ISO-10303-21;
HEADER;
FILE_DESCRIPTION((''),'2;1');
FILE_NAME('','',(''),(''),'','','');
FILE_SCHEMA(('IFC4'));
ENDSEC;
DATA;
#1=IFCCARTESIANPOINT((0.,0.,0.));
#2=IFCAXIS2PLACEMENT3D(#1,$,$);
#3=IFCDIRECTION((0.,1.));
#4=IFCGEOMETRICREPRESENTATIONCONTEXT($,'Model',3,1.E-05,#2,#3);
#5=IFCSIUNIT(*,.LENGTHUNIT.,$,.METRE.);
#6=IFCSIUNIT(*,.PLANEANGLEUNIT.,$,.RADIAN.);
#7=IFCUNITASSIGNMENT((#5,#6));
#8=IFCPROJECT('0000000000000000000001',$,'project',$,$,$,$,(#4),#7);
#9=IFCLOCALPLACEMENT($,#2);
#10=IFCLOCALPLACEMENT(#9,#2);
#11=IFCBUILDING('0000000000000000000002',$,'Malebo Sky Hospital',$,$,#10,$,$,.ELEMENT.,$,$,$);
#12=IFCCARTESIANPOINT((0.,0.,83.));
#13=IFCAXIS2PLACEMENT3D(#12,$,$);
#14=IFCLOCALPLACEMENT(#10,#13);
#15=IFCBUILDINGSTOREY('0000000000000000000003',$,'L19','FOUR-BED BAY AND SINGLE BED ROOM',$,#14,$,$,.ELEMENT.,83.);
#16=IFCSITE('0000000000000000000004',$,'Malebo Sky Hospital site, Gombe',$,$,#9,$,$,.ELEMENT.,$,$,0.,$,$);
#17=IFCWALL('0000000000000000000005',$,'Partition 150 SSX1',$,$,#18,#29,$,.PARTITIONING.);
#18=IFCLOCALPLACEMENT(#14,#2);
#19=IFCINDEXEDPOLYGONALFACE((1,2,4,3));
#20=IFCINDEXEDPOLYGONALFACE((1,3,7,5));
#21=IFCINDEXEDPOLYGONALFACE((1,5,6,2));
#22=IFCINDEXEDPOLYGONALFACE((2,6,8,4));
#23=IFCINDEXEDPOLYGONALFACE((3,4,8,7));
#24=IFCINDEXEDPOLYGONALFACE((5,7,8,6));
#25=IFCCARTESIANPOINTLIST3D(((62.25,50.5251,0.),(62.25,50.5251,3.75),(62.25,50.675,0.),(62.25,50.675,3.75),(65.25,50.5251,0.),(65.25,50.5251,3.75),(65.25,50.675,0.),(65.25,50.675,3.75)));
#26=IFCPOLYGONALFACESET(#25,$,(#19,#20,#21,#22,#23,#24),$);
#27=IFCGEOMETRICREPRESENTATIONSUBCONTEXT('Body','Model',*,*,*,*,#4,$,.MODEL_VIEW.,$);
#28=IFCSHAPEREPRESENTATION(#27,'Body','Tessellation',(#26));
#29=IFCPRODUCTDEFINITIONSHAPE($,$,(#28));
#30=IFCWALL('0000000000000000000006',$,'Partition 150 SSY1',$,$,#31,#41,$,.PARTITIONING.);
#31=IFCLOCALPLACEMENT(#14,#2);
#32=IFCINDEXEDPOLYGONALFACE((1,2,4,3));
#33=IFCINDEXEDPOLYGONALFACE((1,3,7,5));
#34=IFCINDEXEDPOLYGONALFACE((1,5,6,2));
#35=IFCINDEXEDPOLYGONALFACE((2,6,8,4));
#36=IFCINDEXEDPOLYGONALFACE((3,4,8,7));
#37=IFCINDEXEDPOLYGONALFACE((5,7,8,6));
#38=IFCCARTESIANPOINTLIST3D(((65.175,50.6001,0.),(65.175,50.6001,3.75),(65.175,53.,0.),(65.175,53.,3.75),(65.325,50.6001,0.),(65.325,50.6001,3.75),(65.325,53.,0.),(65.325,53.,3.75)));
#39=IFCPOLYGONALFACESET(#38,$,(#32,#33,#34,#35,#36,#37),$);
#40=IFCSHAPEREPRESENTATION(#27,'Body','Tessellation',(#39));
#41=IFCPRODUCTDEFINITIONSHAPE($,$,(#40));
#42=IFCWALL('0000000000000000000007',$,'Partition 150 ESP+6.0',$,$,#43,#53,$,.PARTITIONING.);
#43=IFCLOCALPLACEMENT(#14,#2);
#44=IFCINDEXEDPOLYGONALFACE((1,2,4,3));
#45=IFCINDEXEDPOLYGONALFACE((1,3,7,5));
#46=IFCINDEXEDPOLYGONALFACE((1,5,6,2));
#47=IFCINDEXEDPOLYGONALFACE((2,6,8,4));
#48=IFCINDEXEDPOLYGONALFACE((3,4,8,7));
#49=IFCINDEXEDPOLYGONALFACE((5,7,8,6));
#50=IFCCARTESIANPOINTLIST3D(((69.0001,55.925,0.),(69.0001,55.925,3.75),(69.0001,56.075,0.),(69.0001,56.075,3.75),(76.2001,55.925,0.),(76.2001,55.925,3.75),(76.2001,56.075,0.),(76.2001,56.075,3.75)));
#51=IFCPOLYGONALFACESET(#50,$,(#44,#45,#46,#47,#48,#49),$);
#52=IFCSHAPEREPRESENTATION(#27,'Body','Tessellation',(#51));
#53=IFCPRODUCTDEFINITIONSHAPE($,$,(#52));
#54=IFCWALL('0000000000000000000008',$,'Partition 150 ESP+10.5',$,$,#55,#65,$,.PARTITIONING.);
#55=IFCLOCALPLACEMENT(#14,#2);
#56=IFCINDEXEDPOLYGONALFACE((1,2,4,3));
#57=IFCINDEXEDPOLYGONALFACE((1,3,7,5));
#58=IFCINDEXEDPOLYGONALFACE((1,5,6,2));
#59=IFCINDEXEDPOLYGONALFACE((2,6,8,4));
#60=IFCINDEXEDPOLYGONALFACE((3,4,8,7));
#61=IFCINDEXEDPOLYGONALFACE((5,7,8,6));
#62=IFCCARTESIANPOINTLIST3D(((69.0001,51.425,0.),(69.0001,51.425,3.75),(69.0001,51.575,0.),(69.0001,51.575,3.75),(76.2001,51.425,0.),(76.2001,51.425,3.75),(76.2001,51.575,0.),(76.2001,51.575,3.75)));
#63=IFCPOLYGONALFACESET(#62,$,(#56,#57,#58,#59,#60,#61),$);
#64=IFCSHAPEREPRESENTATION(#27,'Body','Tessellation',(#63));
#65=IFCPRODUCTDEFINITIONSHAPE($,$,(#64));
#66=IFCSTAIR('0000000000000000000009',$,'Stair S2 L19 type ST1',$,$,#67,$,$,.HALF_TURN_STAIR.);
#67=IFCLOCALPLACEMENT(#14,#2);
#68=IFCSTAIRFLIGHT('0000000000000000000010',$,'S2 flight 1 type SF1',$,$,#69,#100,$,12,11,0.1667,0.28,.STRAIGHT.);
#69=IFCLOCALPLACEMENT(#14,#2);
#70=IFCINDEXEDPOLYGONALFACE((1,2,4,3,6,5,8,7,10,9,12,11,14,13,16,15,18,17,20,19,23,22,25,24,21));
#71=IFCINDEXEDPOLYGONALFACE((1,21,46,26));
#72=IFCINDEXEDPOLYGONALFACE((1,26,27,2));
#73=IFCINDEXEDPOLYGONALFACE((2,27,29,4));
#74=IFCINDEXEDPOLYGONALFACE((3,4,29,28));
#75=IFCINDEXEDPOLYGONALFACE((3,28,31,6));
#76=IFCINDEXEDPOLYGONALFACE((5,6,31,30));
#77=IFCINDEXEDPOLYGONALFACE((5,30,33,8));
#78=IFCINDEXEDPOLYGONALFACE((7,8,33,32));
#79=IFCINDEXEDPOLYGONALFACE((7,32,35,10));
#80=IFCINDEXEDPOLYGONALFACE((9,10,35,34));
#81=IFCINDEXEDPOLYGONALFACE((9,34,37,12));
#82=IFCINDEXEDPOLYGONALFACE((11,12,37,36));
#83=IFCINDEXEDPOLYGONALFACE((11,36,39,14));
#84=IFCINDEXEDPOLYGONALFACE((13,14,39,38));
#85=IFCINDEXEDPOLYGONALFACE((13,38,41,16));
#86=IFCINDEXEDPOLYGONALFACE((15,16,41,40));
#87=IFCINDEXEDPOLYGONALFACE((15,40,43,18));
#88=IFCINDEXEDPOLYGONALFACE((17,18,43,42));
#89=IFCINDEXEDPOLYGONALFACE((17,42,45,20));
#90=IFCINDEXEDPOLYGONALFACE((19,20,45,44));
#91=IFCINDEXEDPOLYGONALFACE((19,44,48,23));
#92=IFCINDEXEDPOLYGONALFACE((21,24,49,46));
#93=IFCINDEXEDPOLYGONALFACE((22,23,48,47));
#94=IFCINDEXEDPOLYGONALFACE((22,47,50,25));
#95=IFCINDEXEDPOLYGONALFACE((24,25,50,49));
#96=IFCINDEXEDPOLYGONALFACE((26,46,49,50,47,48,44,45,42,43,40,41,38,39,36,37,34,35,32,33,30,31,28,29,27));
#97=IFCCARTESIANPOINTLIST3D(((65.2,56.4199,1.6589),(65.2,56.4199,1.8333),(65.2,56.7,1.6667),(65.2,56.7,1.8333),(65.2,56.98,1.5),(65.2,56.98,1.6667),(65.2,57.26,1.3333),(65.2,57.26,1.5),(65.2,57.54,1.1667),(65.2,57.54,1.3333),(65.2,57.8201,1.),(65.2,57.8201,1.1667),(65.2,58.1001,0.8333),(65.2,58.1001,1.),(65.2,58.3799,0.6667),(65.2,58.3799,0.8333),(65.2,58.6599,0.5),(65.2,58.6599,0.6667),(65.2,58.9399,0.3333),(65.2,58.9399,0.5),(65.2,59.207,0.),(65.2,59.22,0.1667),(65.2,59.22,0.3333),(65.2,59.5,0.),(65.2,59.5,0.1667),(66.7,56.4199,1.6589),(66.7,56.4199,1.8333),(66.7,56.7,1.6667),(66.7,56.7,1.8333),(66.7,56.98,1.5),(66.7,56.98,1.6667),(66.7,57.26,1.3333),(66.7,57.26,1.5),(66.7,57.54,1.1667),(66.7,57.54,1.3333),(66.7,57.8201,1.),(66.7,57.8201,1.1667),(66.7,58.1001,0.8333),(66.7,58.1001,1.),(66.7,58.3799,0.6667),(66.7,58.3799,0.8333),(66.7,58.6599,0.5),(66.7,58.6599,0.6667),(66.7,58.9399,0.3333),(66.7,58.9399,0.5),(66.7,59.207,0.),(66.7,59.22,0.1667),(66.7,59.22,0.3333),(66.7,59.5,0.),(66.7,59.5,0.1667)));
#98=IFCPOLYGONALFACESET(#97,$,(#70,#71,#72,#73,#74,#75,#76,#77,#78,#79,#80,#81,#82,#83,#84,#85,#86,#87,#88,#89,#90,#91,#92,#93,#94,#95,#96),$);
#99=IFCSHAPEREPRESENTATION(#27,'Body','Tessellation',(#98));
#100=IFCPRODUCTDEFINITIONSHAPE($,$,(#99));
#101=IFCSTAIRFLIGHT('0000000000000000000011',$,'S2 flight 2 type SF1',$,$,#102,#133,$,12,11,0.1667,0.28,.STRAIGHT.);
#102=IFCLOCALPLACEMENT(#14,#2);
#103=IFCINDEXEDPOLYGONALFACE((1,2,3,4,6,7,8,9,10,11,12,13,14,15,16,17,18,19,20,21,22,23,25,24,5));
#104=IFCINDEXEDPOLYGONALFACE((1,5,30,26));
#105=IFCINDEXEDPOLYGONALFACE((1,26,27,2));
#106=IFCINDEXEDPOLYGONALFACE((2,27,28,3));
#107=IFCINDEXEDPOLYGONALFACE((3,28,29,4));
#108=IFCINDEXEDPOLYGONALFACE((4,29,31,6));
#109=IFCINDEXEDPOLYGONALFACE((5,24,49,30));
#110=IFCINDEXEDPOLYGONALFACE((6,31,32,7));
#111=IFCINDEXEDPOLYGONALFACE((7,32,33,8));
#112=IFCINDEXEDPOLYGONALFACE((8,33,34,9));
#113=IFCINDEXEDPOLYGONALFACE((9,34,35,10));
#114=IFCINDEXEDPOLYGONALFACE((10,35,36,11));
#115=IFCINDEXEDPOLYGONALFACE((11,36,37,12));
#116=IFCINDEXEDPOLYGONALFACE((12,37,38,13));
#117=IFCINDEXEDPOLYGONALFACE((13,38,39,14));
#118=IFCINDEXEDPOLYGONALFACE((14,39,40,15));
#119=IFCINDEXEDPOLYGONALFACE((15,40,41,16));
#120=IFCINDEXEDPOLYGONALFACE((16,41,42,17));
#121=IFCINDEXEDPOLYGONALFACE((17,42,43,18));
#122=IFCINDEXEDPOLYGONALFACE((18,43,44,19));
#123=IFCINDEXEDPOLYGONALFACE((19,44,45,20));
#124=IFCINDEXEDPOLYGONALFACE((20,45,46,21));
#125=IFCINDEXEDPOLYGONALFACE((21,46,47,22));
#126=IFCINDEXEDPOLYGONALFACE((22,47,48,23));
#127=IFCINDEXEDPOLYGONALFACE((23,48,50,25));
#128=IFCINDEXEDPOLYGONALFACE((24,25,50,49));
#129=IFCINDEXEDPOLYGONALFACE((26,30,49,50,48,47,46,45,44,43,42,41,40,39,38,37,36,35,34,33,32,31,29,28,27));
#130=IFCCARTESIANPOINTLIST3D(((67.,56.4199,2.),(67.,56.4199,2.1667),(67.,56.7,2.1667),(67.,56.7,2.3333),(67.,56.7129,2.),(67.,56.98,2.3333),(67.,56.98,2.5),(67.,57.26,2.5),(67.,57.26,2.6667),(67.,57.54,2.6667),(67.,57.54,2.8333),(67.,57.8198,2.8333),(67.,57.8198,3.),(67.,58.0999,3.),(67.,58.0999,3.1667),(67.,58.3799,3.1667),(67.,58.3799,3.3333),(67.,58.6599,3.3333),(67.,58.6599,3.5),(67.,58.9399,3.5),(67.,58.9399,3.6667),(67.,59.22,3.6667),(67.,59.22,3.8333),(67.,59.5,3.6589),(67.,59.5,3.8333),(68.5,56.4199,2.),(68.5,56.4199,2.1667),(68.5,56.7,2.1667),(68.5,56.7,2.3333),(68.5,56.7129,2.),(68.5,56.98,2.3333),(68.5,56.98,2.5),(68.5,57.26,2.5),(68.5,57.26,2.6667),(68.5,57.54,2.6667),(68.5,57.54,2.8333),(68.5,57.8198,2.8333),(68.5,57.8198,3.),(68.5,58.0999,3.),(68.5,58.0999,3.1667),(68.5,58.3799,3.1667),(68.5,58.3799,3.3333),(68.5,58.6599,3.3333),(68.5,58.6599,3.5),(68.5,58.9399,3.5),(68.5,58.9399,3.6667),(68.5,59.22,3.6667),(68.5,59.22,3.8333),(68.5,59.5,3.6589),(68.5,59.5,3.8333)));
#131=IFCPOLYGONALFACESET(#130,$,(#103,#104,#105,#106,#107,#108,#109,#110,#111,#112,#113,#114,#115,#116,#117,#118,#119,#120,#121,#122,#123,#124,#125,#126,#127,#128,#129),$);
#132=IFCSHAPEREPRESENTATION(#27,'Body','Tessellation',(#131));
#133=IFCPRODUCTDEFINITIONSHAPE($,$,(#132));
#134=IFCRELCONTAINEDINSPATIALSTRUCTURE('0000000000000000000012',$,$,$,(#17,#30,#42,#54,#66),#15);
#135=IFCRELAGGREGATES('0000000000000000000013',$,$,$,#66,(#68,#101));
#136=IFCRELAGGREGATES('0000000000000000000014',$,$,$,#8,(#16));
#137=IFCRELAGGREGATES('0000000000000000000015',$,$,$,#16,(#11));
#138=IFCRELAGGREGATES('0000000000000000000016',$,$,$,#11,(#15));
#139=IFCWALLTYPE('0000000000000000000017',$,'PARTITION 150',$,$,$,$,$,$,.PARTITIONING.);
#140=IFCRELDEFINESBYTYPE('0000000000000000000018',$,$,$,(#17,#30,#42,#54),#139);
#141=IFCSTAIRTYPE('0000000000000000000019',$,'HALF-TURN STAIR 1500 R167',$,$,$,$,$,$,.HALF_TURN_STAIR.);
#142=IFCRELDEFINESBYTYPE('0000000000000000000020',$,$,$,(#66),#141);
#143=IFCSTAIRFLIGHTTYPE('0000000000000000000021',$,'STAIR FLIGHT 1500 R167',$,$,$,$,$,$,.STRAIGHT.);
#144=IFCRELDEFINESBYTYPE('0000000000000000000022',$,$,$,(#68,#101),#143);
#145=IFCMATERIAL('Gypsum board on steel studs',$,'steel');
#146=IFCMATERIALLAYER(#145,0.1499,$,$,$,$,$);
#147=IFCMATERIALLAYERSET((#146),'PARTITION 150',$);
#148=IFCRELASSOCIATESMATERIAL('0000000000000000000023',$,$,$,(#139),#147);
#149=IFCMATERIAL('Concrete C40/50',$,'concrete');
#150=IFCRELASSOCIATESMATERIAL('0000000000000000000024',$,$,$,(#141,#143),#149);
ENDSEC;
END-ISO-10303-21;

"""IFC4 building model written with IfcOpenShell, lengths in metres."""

from ifc_helpers import new_model, si_unit, direction, frame, frame_2d, origin, place, context, subcontext, project, spatial, polyline, rectangle, outline, extrude, material, layer, layer_set, type_object, element, aggregate, save


model = new_model("IFC4")

# Units and contexts
model_context = context("Model", 3, precision=1e-05, world=origin(), true_north=direction((0.0, 1.0)))
body_context = subcontext(model_context, "Body", "Model", "MODEL_VIEW")
ifc_project = project(units=[si_unit("LENGTHUNIT", "METRE"), si_unit("PLANEANGLEUNIT", "RADIAN")], contexts=[model_context])

# Site, building, storey
site_placement = place(None, origin())
site = spatial("IfcSite", under=ifc_project, at=site_placement, Name="Malebo Sky Hospital site, Gombe", CompositionType="ELEMENT", RefElevation=0.0)
building_placement = place(site_placement, origin())
building = spatial("IfcBuilding", under=site, at=building_placement, Name="Malebo Sky Hospital", CompositionType="ELEMENT")
storey_placement = place(building_placement, frame((0.0, 0.0, 83.0)))
storey = spatial("IfcBuildingStorey", under=building, at=storey_placement, Name="L19", Description="FOUR-BED BAY AND SINGLE BED ROOM", CompositionType="ELEMENT", Elevation=83.0)

# Shared definitions
ifc_material_1 = material(Name="Gypsum board on steel studs", Category="steel")
ifc_layer_1 = layer(ifc_material_1, 0.1499)
ifc_layer_set_1 = layer_set([ifc_layer_1], Name="PARTITION 150")
wall_type_1 = type_object("IfcWallType", Name="PARTITION 150", PredefinedType="PARTITIONING", material=ifc_layer_set_1)

# Walls
wall_1_placement = place(storey_placement, frame((65.25, 50.6001, 0.0), z_axis=(0.0, 0.0, 1.0), x_axis=(-1.0, 0.0, 0.0)))
element("IfcWall", 1, at=wall_1_placement, inside=storey, type_object=wall_type_1, Name="Partition 150 SSX1", PredefinedType="PARTITIONING", context=body_context, shape_type="SweptSolid", body=[
    extrude(rectangle(XDim=3.0, YDim=0.1499, at=frame_2d((1.5, 0.0))), origin(), (0.0, 0.0, 1.0), 3.75),
])
wall_2_placement = place(storey_placement, frame((65.25, 53.0, 0.0), z_axis=(0.0, 0.0, 1.0), x_axis=(0.0, -1.0, 0.0)))
element("IfcWall", 2, at=wall_2_placement, inside=storey, type_object=wall_type_1, Name="Partition 150 SSY1", PredefinedType="PARTITIONING", context=body_context, shape_type="SweptSolid", body=[
    extrude(rectangle(XDim=2.3999, YDim=0.1499, at=frame_2d((1.2, 0.0))), origin(), (0.0, 0.0, 1.0), 3.75),
])
for number, where, z_axis, x_axis, name in (
    (3, (69.0, 56.0, 0.0), (0.0, 0.0, 1.0), (1.0, 0.0, 0.0), "Partition 150 ESP+6.0"),
    (4, (69.0, 51.5, 0.0), (0.0, 0.0, 1.0), (1.0, 0.0, 0.0), "Partition 150 ESP+10.5"),
):
    element("IfcWall", number, at=place(storey_placement, frame(where, z_axis=z_axis, x_axis=x_axis)), inside=storey, type_object=wall_type_1, Name=name, PredefinedType="PARTITIONING", context=body_context, shape_type="SweptSolid", body=[
        extrude(rectangle(XDim=7.2, YDim=0.1499, at=frame_2d((3.6001, 0.0))), origin(), (0.0, 0.0, 1.0), 3.75),
    ])

# Stair, stair flights
ifc_material_2 = material(Name="Concrete C40/50", Category="concrete")
stair_type = type_object("IfcStairType", Name="HALF-TURN STAIR 1500 R167", PredefinedType="HALF_TURN_STAIR", material=ifc_material_2)
stair_placement = place(storey_placement, origin())
stair = element("IfcStair", 5, at=stair_placement, inside=storey, type_object=stair_type, Name="Stair S2 L19 type ST1", PredefinedType="HALF_TURN_STAIR")
stair_flight_type = type_object("IfcStairFlightType", Name="STAIR FLIGHT 1500 R167", PredefinedType="STRAIGHT", material=ifc_material_2)
stair_flight_1_placement = place(storey_placement, frame((65.95, 59.5, 0.0), z_axis=(0.0, 0.0, 1.0), x_axis=(0.0, -1.0, 0.0)))
stair_flight_1 = element("IfcStairFlight", 6, at=stair_flight_1_placement, type_object=stair_flight_type, Name="S2 flight 1 type SF1", NumberOfRisers=12, NumberOfTreads=11, PredefinedType="STRAIGHT", RiserHeight=0.1667, TreadLength=0.28, context=body_context, shape_type="SweptSolid", body=[
    extrude(outline(polyline([(0.0, 0.0), (0.0, 0.1667), (0.28, 0.1667), (0.28, 0.3333), (0.5601, 0.3333), (0.5601, 0.5), (0.8401, 0.5), (0.8401, 0.6667), (1.1201, 0.6667), (1.1201, 0.8333), (1.3999, 0.8333), (1.3999, 1.0), (1.6799, 1.0), (1.6799, 1.1667), (1.96, 1.1667), (1.96, 1.3333), (2.24, 1.3333), (2.24, 1.5), (2.52, 1.5), (2.52, 1.6667), (2.8, 1.6667), (2.8, 1.8333), (3.0801, 1.8333), (3.0801, 2.0), (3.0801, 1.6589), (0.293, 0.0), (0.0, 0.0)])), frame((0.0, 0.75, 0.0), z_axis=(0.0, -1.0, 0.0), x_axis=(1.0, 0.0, 0.0)), (0.0, 0.0, 1.0), 1.5),
])
stair_flight_2_placement = place(storey_placement, frame((67.75, 56.4199, 2.0), z_axis=(0.0, 0.0, 1.0), x_axis=(0.0, 1.0, 0.0)))
stair_flight_2 = element("IfcStairFlight", 7, at=stair_flight_2_placement, type_object=stair_flight_type, Name="S2 flight 2 type SF1", NumberOfRisers=12, NumberOfTreads=11, PredefinedType="STRAIGHT", RiserHeight=0.1667, TreadLength=0.28, context=body_context, shape_type="SweptSolid", body=[
    extrude(outline(polyline([(0.0, 0.0), (0.0, 0.1667), (0.28, 0.1667), (0.28, 0.3333), (0.5601, 0.3333), (0.5601, 0.5), (0.8401, 0.5), (0.8401, 0.6667), (1.1201, 0.6667), (1.1201, 0.8333), (1.3999, 0.8333), (1.3999, 1.0), (1.6799, 1.0), (1.6799, 1.1667), (1.96, 1.1667), (1.96, 1.3333), (2.24, 1.3333), (2.24, 1.5), (2.52, 1.5), (2.52, 1.6667), (2.8, 1.6667), (2.8, 1.8333), (3.0801, 1.8333), (3.0801, 2.0), (3.0801, 1.6589), (0.293, 0.0), (0.0, 0.0)])), frame((0.0, 0.75, 0.0), z_axis=(0.0, -1.0, 0.0), x_axis=(1.0, 0.0, 0.0)), (0.0, 0.0, 1.0), 1.5),
])
aggregate(stair, [stair_flight_1, stair_flight_2])

save(model, "model.ifc")
